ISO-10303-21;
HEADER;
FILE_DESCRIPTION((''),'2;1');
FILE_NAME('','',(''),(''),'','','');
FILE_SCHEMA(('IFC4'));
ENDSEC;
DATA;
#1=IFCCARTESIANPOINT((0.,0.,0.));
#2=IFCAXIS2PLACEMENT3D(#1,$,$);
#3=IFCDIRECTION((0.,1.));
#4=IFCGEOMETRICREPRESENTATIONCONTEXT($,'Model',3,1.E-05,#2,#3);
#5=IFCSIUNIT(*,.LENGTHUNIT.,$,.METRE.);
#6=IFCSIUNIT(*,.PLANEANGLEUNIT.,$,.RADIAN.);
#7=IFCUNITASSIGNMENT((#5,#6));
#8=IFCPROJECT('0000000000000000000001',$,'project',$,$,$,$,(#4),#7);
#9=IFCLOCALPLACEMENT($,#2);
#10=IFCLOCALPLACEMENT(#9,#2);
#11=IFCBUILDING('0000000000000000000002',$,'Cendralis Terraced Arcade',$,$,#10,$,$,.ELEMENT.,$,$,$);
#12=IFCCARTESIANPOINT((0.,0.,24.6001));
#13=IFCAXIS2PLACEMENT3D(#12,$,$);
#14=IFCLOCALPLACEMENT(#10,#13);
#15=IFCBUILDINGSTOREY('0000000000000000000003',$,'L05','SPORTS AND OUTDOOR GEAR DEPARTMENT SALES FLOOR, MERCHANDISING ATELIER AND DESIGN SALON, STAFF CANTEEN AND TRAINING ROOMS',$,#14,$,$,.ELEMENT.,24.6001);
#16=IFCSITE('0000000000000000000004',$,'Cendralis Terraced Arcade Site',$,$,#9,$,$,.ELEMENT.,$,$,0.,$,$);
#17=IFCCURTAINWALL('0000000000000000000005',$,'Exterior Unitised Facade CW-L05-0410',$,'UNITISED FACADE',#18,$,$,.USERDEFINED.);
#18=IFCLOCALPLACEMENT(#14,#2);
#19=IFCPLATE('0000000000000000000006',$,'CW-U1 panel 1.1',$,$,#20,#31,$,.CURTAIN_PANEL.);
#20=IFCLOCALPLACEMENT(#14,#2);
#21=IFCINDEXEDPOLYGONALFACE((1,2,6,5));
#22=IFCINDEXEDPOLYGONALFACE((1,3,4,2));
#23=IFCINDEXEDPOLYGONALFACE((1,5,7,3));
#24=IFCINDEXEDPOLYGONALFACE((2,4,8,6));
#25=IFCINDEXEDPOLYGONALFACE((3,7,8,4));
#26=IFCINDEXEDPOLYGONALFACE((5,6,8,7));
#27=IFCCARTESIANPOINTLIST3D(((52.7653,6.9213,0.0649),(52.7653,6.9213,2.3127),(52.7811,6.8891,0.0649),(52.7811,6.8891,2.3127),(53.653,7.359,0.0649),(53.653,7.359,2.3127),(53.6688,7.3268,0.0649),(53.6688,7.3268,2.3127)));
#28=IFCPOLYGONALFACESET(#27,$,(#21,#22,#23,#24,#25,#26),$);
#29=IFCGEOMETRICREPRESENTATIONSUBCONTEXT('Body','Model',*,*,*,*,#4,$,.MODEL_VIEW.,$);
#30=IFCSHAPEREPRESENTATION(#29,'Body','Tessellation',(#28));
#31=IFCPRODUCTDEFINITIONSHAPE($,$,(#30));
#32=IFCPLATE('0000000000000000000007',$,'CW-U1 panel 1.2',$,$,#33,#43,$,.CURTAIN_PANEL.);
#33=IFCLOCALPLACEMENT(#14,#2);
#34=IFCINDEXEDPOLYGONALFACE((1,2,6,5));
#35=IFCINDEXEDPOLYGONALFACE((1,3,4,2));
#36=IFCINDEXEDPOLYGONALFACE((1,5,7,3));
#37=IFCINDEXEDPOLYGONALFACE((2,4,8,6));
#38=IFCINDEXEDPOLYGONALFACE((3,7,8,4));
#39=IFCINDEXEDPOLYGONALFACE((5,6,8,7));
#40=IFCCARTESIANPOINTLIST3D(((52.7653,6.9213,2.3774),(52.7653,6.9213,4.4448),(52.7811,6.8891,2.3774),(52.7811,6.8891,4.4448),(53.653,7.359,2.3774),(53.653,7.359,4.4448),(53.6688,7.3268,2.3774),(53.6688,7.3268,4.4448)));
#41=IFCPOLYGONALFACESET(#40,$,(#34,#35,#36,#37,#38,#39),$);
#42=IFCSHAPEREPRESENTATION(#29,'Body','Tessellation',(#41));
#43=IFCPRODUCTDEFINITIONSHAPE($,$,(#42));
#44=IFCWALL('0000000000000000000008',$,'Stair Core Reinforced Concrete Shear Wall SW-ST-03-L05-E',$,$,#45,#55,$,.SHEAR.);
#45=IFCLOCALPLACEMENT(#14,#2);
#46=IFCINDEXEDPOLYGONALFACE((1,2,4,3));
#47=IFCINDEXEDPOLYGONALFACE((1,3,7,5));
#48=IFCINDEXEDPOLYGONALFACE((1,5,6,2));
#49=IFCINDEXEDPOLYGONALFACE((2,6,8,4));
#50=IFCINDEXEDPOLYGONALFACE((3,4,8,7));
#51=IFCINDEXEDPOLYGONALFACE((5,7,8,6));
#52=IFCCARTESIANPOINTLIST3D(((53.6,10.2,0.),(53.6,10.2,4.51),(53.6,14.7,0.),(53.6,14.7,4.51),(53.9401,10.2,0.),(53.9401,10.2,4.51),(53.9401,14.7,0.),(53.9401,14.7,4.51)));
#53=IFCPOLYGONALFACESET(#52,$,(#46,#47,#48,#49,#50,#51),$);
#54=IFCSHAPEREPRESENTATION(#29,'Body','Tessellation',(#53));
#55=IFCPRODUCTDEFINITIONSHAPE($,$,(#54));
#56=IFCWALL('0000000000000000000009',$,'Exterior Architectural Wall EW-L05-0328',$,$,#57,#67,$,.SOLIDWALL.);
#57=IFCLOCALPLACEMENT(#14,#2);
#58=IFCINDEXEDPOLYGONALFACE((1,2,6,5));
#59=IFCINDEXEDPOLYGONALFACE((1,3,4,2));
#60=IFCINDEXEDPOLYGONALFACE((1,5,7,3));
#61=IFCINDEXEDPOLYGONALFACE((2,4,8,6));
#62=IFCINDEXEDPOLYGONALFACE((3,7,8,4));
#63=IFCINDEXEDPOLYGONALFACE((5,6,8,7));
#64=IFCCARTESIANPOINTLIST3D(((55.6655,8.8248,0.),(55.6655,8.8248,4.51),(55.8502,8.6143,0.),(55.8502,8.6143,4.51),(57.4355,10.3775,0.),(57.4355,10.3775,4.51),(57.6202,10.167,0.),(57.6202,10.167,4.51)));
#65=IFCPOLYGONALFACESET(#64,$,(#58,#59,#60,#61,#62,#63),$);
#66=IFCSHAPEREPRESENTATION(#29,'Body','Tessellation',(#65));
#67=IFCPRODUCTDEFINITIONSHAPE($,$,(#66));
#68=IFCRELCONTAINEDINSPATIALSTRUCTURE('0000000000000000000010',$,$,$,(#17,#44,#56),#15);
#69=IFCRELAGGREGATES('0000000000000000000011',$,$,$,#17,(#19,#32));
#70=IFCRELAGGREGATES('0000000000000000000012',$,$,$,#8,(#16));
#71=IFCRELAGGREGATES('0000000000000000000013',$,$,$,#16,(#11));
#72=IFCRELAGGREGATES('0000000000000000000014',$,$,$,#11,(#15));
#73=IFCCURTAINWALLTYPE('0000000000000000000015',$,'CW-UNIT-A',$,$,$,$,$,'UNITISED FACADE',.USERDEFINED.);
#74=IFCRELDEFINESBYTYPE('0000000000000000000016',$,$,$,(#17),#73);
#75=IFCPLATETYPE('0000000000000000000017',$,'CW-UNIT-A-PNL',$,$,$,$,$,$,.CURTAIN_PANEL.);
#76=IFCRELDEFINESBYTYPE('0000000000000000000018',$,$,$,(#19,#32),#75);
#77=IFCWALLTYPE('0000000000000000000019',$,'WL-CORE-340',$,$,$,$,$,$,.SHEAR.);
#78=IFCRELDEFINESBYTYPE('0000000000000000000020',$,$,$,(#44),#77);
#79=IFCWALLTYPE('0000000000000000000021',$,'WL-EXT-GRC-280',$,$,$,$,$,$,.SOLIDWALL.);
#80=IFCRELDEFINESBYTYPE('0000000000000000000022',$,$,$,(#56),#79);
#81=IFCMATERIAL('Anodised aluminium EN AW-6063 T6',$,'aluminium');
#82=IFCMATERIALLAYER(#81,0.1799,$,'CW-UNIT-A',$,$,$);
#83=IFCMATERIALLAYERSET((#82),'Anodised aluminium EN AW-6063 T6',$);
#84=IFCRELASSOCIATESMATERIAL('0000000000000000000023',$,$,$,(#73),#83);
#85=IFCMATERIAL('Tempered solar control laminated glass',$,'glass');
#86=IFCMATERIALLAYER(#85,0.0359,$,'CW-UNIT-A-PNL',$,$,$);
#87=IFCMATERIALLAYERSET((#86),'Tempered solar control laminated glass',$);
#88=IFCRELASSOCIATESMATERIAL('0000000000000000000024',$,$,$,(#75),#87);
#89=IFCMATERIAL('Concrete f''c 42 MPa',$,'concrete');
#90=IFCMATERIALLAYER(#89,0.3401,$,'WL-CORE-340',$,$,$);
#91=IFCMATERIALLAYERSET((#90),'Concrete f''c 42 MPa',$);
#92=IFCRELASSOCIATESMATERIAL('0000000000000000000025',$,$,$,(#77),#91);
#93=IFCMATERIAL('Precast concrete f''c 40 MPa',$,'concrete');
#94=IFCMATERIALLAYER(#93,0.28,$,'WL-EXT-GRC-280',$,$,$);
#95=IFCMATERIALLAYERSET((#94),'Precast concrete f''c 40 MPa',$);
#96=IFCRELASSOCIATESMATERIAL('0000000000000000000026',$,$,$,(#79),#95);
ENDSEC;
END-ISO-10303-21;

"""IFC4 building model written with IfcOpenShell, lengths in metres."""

from ifc_helpers import new_model, si_unit, direction, frame, frame_2d, origin, origin_2d, place, context, subcontext, project, spatial, rectangle, extrude, material, layer, layer_set, type_object, element, aggregate, save


model = new_model("IFC4")

# Units and contexts
model_context = context("Model", 3, precision=1e-05, world=origin(), true_north=direction((0.0, 1.0)))
body_context = subcontext(model_context, "Body", "Model", "MODEL_VIEW")
ifc_project = project(units=[si_unit("LENGTHUNIT", "METRE"), si_unit("PLANEANGLEUNIT", "RADIAN")], contexts=[model_context])

# Site, building, storey
site_placement = place(None, origin())
site = spatial("IfcSite", under=ifc_project, at=site_placement, Name="Cendralis Terraced Arcade Site", CompositionType="ELEMENT", RefElevation=0.0)
building_placement = place(site_placement, origin())
building = spatial("IfcBuilding", under=site, at=building_placement, Name="Cendralis Terraced Arcade", CompositionType="ELEMENT")
storey_placement = place(building_placement, frame((0.0, 0.0, 24.6001)))
storey = spatial("IfcBuildingStorey", under=building, at=storey_placement, Name="L05", Description="SPORTS AND OUTDOOR GEAR DEPARTMENT SALES FLOOR, MERCHANDISING ATELIER AND DESIGN SALON, STAFF CANTEEN AND TRAINING ROOMS", CompositionType="ELEMENT", Elevation=24.6001)

# Shared definitions
ifc_material_1 = material(Name="Anodised aluminium EN AW-6063 T6", Category="aluminium")
ifc_layer_1 = layer(ifc_material_1, 0.1799, Name="CW-UNIT-A")
ifc_layer_set_1 = layer_set([ifc_layer_1], Name="Anodised aluminium EN AW-6063 T6")
curtain_wall_type = type_object("IfcCurtainWallType", Name="CW-UNIT-A", ElementType="UNITISED FACADE", PredefinedType="USERDEFINED", material=ifc_layer_set_1)

# Curtain wall
curtain_wall_1_placement = place(storey_placement, origin())
curtain_wall_1 = element("IfcCurtainWall", 1, at=curtain_wall_1_placement, inside=storey, type_object=curtain_wall_type, Name="Exterior Unitised Facade CW-L05-0410", ObjectType="UNITISED FACADE", PredefinedType="USERDEFINED")

# Plates
ifc_material_2 = material(Name="Tempered solar control laminated glass", Category="glass")
ifc_layer_2 = layer(ifc_material_2, 0.0359, Name="CW-UNIT-A-PNL")
ifc_layer_set_2 = layer_set([ifc_layer_2], Name="Tempered solar control laminated glass")
plate_type = type_object("IfcPlateType", Name="CW-UNIT-A-PNL", PredefinedType="CURTAIN_PANEL", material=ifc_layer_set_2)
plate_1_placement = place(storey_placement, frame((53.217, 7.124, 0.0649), z_axis=(0.0, 0.0, 1.0), x_axis=(-0.896888, -0.442259, 0.0)))
plate_1 = element("IfcPlate", 2, at=plate_1_placement, type_object=plate_type, Name="CW-U1 panel 1.1", PredefinedType="CURTAIN_PANEL", context=body_context, shape_type="SweptSolid", body=[
    extrude(rectangle(XDim=0.9897, YDim=0.0359, at=origin_2d()), origin(), (0.0, 0.0, 1.0), 2.2478),
])
plate_2_placement = place(storey_placement, frame((53.217, 7.124, 2.3774), z_axis=(0.0, 0.0, 1.0), x_axis=(-0.896888, -0.442259, 0.0)))
plate_2 = element("IfcPlate", 3, at=plate_2_placement, type_object=plate_type, Name="CW-U1 panel 1.2", PredefinedType="CURTAIN_PANEL", context=body_context, shape_type="SweptSolid", body=[
    extrude(rectangle(XDim=0.9897, YDim=0.0359, at=origin_2d()), origin(), (0.0, 0.0, 1.0), 2.0674),
])
aggregate(curtain_wall_1, [plate_1, plate_2])

# Walls
ifc_material_3 = material(Name="Concrete f'c 42 MPa", Category="concrete")
ifc_layer_3 = layer(ifc_material_3, 0.3401, Name="WL-CORE-340")
ifc_layer_set_3 = layer_set([ifc_layer_3], Name="Concrete f'c 42 MPa")
wall_type_1 = type_object("IfcWallType", Name="WL-CORE-340", PredefinedType="SHEAR", material=ifc_layer_set_3)
wall_1_placement = place(storey_placement, frame((53.77, 10.2, 0.0), z_axis=(0.0, 0.0, 1.0), x_axis=(0.0, 1.0, 0.0)))
element("IfcWall", 4, at=wall_1_placement, inside=storey, type_object=wall_type_1, Name="Stair Core Reinforced Concrete Shear Wall SW-ST-03-L05-E", PredefinedType="SHEAR", context=body_context, shape_type="SweptSolid", body=[
    extrude(rectangle(XDim=4.5, YDim=0.3401, at=frame_2d((2.25, 0.0))), origin(), (0.0, 0.0, 1.0), 4.51),
])
ifc_material_4 = material(Name="Precast concrete f'c 40 MPa", Category="concrete")
ifc_layer_4 = layer(ifc_material_4, 0.28, Name="WL-EXT-GRC-280")
ifc_layer_set_4 = layer_set([ifc_layer_4], Name="Precast concrete f'c 40 MPa")
wall_type_2 = type_object("IfcWallType", Name="WL-EXT-GRC-280", PredefinedType="SOLIDWALL", material=ifc_layer_set_4)
wall_2_placement = place(storey_placement, frame((57.5278, 10.2722, 0.0), z_axis=(0.0, 0.0, 1.0), x_axis=(-0.751741, -0.659458, 0.0)))
element("IfcWall", 5, at=wall_2_placement, inside=storey, type_object=wall_type_2, Name="Exterior Architectural Wall EW-L05-0328", PredefinedType="SOLIDWALL", context=body_context, shape_type="SweptSolid", body=[
    extrude(rectangle(XDim=2.3545, YDim=0.28, at=frame_2d((1.1772, 0.0))), origin(), (0.0, 0.0, 1.0), 4.51),
])

save(model, "model.ifc")
